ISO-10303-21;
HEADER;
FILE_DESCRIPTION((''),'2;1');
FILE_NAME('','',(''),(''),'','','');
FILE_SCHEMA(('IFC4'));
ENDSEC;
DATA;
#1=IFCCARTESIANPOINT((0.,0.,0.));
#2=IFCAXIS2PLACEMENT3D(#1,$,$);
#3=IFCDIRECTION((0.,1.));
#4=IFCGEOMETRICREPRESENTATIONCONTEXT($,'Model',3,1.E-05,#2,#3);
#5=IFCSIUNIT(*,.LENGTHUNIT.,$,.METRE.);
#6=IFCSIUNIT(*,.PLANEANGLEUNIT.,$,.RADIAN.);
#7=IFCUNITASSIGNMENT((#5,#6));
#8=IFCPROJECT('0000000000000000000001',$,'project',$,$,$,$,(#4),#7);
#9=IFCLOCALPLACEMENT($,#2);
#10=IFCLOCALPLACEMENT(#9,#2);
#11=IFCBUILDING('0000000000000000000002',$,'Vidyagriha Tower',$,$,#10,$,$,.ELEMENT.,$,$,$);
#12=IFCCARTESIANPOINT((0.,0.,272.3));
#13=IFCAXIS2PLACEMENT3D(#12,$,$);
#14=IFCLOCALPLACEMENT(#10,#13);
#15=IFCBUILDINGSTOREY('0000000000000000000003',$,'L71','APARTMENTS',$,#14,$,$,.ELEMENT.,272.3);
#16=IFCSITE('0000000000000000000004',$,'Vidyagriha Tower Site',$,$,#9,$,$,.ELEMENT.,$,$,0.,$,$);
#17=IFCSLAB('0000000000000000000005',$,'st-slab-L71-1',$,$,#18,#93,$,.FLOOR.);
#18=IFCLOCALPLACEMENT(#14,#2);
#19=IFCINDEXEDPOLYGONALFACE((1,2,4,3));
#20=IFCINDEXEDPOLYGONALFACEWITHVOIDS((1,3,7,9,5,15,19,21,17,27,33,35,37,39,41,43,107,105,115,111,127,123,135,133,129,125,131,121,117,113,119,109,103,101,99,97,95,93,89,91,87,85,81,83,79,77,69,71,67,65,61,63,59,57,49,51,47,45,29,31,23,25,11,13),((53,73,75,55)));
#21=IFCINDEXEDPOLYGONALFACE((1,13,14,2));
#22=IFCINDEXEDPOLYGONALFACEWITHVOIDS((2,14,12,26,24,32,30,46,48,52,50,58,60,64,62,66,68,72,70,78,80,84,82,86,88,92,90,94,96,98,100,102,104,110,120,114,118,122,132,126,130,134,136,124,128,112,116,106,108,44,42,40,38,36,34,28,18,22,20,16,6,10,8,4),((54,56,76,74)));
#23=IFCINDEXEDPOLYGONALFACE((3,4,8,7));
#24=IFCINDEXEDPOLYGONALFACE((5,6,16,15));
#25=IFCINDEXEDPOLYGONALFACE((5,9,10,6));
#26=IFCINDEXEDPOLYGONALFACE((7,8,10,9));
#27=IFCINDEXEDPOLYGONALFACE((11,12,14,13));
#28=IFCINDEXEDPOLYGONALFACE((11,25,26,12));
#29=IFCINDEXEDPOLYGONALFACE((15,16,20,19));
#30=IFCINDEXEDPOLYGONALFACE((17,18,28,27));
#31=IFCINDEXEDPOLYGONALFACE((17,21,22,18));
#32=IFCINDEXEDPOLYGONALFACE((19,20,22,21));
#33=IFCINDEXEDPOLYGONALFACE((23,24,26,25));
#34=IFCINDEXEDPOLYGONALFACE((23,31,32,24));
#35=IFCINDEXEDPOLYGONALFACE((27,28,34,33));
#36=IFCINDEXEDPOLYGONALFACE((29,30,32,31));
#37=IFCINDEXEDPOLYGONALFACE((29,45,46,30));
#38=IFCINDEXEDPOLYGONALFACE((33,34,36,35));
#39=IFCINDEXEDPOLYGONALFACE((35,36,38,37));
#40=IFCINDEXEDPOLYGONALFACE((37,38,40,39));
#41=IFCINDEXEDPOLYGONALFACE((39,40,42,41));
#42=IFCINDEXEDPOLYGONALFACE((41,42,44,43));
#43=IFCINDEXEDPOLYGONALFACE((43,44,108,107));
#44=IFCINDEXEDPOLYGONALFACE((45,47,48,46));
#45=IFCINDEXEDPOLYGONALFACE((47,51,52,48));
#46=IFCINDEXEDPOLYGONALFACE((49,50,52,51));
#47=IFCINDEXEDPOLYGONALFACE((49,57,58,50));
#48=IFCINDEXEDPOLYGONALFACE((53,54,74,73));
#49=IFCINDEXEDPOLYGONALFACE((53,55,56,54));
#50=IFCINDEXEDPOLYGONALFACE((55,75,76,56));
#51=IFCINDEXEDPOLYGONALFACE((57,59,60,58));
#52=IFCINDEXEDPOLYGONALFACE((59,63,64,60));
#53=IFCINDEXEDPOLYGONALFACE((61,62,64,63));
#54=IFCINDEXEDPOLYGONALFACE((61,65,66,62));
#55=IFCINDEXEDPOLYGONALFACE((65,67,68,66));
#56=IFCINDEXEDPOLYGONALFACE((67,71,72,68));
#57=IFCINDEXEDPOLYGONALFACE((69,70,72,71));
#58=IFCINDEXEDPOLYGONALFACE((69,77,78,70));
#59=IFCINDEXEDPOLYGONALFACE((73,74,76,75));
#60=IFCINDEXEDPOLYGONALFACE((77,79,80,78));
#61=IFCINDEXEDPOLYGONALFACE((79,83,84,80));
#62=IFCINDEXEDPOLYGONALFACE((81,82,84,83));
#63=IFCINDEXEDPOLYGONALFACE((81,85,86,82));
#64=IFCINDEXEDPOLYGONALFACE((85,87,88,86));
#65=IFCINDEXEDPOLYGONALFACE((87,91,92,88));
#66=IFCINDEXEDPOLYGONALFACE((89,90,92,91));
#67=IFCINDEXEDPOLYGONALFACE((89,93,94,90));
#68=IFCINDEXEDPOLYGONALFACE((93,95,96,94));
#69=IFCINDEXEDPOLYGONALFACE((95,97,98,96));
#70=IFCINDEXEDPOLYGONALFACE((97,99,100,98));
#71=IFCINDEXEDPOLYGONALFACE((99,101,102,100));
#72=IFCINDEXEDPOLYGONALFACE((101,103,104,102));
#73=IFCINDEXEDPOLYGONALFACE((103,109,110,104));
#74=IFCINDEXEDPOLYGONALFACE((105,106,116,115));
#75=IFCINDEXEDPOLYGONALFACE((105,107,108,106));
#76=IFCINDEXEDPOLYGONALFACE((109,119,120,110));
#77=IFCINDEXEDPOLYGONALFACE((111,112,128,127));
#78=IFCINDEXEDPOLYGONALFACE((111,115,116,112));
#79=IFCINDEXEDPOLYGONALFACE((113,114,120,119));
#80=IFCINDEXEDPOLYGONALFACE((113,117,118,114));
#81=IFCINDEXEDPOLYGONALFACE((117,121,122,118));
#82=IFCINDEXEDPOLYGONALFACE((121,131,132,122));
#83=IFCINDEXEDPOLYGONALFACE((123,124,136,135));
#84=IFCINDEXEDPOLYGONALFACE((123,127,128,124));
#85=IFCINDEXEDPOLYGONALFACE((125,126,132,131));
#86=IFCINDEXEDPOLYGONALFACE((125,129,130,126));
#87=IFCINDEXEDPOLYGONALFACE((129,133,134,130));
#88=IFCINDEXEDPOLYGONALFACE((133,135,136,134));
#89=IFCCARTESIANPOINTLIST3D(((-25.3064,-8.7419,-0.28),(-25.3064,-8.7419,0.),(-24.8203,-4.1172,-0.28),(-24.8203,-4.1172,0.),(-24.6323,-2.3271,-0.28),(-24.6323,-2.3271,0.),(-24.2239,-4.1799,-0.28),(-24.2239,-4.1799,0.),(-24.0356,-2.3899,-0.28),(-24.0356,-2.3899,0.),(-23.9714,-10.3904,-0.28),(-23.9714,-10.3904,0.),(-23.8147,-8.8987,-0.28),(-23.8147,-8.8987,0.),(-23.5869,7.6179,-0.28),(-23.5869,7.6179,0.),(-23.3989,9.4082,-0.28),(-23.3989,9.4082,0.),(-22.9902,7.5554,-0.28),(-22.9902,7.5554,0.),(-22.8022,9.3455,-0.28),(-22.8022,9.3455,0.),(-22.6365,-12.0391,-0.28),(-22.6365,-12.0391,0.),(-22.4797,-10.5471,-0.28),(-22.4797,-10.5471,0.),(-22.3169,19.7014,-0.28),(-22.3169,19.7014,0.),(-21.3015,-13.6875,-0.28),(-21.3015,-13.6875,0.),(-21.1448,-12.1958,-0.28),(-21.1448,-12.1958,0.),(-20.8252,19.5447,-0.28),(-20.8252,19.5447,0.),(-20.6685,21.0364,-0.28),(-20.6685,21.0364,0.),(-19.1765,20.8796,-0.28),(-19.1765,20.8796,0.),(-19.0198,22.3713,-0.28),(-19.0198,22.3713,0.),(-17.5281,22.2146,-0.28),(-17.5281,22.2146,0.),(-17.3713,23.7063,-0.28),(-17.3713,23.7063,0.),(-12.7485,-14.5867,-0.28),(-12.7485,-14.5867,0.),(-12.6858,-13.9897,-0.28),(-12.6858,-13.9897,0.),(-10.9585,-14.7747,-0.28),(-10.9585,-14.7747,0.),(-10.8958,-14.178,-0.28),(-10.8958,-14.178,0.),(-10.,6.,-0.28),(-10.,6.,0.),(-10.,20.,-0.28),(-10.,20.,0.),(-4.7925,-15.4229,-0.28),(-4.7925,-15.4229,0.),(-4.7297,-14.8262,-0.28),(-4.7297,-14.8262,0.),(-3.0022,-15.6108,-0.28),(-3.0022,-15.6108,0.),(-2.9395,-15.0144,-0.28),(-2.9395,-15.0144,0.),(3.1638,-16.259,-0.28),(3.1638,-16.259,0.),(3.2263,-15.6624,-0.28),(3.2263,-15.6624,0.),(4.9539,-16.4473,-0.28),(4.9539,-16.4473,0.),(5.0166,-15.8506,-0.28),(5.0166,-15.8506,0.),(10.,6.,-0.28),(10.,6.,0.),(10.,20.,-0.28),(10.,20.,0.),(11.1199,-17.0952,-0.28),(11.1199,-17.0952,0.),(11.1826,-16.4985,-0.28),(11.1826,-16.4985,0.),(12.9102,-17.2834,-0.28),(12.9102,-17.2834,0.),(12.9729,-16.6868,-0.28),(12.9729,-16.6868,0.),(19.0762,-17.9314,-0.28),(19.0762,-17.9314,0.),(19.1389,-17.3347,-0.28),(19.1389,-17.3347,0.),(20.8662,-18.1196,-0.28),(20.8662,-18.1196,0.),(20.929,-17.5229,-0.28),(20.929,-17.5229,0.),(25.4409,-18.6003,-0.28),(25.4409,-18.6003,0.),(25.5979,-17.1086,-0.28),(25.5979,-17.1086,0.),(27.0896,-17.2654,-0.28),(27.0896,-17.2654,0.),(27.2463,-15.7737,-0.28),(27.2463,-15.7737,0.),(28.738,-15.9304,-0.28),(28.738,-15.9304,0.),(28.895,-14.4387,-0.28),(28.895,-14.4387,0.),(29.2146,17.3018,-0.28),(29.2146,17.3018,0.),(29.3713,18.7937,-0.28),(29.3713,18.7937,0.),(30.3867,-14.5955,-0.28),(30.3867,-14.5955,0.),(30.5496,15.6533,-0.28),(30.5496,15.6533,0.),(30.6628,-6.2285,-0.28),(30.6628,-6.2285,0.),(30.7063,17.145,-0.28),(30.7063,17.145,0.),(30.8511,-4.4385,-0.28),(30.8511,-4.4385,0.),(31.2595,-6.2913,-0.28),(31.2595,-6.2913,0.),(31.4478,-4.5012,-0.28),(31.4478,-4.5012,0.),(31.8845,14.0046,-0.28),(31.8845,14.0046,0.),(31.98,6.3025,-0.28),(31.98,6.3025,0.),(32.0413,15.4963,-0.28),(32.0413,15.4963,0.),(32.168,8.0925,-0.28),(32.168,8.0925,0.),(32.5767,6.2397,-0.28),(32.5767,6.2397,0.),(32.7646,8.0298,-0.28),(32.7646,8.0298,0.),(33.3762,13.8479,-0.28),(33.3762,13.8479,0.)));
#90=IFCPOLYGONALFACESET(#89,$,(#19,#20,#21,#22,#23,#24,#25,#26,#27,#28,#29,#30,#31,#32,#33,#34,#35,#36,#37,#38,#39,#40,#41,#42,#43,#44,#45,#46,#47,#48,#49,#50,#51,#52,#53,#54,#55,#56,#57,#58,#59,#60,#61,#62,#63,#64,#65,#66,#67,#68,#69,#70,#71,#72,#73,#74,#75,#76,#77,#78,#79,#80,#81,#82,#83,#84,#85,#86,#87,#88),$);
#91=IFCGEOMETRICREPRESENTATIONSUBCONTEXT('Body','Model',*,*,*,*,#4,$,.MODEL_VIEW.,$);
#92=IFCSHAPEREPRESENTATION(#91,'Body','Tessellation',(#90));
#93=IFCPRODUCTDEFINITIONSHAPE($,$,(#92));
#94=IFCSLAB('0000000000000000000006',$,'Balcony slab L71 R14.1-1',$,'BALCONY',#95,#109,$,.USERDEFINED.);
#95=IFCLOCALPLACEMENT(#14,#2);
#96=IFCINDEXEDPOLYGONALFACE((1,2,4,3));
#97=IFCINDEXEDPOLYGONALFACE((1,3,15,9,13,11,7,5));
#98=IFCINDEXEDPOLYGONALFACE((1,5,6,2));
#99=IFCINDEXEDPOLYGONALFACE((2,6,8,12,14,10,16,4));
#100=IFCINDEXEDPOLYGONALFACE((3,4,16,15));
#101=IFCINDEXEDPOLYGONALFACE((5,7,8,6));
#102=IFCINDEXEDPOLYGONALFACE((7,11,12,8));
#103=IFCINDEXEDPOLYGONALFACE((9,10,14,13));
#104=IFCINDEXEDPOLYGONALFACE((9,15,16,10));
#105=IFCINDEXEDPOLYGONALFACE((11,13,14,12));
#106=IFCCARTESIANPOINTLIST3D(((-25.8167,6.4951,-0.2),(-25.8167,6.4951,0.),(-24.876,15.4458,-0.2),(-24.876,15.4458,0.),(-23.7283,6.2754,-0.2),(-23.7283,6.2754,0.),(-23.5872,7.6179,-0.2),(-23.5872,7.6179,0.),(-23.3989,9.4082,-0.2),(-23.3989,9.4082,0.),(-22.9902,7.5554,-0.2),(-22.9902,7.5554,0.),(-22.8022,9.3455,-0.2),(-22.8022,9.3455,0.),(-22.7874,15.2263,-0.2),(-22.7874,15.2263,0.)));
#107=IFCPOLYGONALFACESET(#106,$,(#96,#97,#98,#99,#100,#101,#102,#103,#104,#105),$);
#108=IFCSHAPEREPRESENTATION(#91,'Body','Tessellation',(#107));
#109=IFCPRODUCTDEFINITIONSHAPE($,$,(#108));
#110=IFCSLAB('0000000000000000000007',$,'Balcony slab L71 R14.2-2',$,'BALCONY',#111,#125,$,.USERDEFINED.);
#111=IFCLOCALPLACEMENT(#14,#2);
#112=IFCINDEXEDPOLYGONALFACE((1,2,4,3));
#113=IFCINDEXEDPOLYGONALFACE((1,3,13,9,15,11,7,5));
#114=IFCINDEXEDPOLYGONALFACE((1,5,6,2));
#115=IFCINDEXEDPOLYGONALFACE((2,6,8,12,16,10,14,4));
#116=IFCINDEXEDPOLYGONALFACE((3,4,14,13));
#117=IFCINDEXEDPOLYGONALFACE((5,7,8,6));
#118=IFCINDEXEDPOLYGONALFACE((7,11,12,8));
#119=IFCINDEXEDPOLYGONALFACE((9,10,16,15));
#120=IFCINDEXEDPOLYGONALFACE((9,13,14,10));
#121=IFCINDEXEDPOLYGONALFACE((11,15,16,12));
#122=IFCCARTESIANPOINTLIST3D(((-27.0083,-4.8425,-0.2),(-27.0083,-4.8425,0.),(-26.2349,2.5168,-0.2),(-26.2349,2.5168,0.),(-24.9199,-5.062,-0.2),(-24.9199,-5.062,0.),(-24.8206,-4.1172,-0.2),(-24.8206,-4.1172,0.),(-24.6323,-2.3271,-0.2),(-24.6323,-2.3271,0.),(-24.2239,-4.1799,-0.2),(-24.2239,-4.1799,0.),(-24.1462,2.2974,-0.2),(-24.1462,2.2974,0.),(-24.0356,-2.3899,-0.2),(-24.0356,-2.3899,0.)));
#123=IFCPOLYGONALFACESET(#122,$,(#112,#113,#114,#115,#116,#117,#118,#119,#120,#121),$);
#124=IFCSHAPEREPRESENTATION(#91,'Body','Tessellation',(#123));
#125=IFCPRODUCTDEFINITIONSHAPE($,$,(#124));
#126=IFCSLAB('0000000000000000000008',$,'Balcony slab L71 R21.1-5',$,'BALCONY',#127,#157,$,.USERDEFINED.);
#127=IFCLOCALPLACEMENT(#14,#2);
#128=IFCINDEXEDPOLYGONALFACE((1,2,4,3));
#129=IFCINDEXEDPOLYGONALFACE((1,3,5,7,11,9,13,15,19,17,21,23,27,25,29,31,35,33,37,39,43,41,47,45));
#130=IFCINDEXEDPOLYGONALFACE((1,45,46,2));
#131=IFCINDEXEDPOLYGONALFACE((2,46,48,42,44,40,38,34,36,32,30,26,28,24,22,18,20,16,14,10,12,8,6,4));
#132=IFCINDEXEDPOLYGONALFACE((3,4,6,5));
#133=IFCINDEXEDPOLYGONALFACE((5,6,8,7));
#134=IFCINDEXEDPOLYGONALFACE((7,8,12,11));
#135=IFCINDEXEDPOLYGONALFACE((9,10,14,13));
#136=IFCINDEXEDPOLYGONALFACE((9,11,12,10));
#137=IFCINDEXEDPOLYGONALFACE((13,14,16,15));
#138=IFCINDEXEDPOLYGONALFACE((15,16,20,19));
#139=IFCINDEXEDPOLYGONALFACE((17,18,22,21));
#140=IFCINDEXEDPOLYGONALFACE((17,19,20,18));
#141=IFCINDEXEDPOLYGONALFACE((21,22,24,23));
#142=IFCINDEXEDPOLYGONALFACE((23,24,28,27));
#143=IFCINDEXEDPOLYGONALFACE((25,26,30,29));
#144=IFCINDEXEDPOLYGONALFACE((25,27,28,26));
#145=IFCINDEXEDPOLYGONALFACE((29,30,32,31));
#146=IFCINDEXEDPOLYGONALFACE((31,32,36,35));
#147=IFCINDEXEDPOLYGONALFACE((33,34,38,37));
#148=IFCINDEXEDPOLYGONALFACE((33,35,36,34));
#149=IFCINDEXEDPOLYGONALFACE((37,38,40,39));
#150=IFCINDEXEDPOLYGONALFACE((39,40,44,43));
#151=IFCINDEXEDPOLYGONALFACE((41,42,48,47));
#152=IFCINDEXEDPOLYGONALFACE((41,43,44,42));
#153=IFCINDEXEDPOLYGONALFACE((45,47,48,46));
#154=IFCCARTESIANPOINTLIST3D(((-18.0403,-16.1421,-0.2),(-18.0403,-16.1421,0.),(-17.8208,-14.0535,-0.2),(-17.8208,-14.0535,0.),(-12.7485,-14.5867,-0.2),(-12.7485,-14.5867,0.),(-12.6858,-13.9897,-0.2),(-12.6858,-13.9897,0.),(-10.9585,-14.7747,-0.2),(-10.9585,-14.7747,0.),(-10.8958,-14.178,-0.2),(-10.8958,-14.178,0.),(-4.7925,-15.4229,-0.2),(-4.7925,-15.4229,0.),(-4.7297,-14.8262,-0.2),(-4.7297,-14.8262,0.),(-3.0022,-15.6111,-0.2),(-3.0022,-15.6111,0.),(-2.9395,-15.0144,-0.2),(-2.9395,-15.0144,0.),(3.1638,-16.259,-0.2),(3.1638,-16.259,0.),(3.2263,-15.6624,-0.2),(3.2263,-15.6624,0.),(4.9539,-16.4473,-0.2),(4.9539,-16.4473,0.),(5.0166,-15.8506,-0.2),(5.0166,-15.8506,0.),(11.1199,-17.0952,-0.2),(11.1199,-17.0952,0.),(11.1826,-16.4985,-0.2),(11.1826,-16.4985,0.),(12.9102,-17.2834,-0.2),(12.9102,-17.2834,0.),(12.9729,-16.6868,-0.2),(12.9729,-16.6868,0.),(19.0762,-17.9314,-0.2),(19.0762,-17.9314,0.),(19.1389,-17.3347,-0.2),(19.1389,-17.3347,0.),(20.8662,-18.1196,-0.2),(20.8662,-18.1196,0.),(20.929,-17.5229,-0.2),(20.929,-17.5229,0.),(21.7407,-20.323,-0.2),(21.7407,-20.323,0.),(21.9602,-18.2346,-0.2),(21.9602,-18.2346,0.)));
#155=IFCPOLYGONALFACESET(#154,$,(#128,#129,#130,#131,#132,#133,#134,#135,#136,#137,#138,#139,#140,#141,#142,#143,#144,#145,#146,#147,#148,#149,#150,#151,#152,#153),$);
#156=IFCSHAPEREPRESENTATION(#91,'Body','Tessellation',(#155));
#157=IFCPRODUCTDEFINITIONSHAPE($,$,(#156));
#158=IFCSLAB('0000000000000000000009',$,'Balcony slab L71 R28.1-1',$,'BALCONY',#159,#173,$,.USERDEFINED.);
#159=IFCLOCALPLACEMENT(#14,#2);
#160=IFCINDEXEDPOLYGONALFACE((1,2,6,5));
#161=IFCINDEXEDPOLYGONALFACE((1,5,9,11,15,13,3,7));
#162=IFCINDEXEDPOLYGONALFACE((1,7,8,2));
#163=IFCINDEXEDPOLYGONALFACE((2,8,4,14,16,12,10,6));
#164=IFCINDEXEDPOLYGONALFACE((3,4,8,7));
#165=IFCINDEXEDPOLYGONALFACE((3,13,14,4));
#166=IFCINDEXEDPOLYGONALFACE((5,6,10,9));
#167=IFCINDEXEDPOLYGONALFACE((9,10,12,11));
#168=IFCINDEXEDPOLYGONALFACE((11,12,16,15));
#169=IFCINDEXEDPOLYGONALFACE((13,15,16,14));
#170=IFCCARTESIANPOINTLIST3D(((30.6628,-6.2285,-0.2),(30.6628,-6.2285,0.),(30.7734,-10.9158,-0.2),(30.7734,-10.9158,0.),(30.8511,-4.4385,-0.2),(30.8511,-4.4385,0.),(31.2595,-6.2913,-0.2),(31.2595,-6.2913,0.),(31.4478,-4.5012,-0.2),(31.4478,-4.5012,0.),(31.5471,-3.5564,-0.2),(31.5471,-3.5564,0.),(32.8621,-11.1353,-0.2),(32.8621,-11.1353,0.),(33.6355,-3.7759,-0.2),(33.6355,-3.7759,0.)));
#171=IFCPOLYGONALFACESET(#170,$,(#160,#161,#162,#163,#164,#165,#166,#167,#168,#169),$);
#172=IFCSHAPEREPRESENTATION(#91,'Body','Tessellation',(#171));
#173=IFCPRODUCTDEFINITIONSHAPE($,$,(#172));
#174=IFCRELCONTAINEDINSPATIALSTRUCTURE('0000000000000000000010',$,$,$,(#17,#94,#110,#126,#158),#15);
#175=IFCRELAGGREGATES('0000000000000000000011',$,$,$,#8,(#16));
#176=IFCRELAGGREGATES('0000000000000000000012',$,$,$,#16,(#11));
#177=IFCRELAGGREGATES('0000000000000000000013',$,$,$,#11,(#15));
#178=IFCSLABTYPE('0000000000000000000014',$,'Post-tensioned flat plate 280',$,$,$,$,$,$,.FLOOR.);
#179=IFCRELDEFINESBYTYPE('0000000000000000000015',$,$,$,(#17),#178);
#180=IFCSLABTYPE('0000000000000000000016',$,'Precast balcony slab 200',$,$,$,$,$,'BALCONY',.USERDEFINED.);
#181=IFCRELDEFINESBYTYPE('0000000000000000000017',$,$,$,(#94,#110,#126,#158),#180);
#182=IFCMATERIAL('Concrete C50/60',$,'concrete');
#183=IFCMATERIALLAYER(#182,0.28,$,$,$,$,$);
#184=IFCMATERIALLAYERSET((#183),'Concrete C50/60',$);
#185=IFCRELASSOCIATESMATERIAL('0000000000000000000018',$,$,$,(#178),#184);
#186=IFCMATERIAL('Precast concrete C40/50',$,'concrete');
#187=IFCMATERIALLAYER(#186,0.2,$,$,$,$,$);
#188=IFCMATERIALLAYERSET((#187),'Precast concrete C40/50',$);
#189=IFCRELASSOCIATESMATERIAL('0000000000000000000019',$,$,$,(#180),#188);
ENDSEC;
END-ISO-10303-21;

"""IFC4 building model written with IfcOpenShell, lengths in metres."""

from ifc_helpers import new_model, si_unit, direction, frame, origin, place, context, subcontext, project, spatial, polyline, outline, extrude, material, layer, layer_set, type_object, element, save


model = new_model("IFC4")

# Units and contexts
model_context = context("Model", 3, precision=1e-05, world=origin(), true_north=direction((0.0, 1.0)))
body_context = subcontext(model_context, "Body", "Model", "MODEL_VIEW")
ifc_project = project(units=[si_unit("LENGTHUNIT", "METRE"), si_unit("PLANEANGLEUNIT", "RADIAN")], contexts=[model_context])

# Site, building, storey
site_placement = place(None, origin())
site = spatial("IfcSite", under=ifc_project, at=site_placement, Name="Vidyagriha Tower Site", CompositionType="ELEMENT", RefElevation=0.0)
building_placement = place(site_placement, origin())
building = spatial("IfcBuilding", under=site, at=building_placement, Name="Vidyagriha Tower", CompositionType="ELEMENT")
storey_placement = place(building_placement, frame((0.0, 0.0, 272.3)))
storey = spatial("IfcBuildingStorey", under=building, at=storey_placement, Name="L71", Description="APARTMENTS", CompositionType="ELEMENT", Elevation=272.3)

# Slabs
ifc_material_1 = material(Name="Concrete C50/60", Category="concrete")
ifc_layer_1 = layer(ifc_material_1, 0.28)
ifc_layer_set_1 = layer_set([ifc_layer_1], Name="Concrete C50/60")
slab_type_1 = type_object("IfcSlabType", Name="Post-tensioned flat plate 280", PredefinedType="FLOOR", material=ifc_layer_set_1)
slab_1_placement = place(storey_placement, frame((0.0, 0.0, -0.28)))
element("IfcSlab", 1, at=slab_1_placement, inside=storey, type_object=slab_type_1, Name="st-slab-L71-1", PredefinedType="FLOOR", context=body_context, shape_type="SweptSolid", body=[
    extrude(outline(polyline([(28.738, -15.9304), (27.2463, -15.7737), (27.0896, -17.2654), (25.5979, -17.1086), (25.4409, -18.6003), (20.8662, -18.1196), (20.929, -17.5229), (19.1389, -17.3347), (19.0762, -17.9314), (12.9102, -17.2834), (12.9729, -16.6868), (11.1826, -16.4985), (11.1199, -17.0952), (4.9539, -16.4473), (5.0166, -15.8506), (3.2263, -15.6624), (3.1638, -16.259), (-3.0022, -15.6108), (-2.9395, -15.0144), (-4.7297, -14.8262), (-4.7925, -15.4229), (-10.9585, -14.7747), (-10.8958, -14.178), (-12.6858, -13.9897), (-12.7485, -14.5867), (-21.3015, -13.6875), (-21.1448, -12.1958), (-22.6365, -12.0391), (-22.4797, -10.5471), (-23.9714, -10.3904), (-23.8147, -8.8987), (-25.3064, -8.7419), (-24.8203, -4.1172), (-24.2239, -4.1799), (-24.0356, -2.3899), (-24.6323, -2.3271), (-23.5869, 7.6179), (-22.9902, 7.5554), (-22.8022, 9.3455), (-23.3989, 9.4082), (-22.3169, 19.7014), (-20.8252, 19.5447), (-20.6685, 21.0364), (-19.1765, 20.8796), (-19.0198, 22.3713), (-17.5281, 22.2146), (-17.3713, 23.7063), (29.3713, 18.7937), (29.2146, 17.3018), (30.7063, 17.145), (30.5496, 15.6533), (32.0413, 15.4963), (31.8845, 14.0046), (33.3762, 13.8479), (32.7646, 8.0298), (32.168, 8.0925), (31.98, 6.3025), (32.5767, 6.2397), (31.4478, -4.5012), (30.8511, -4.4385), (30.6628, -6.2285), (31.2595, -6.2913), (30.3867, -14.5955), (28.895, -14.4387), (28.738, -15.9304)]), holes=[polyline([(-10.0, 20.0), (-10.0, 6.0), (10.0, 6.0), (10.0, 20.0), (-10.0, 20.0)])]), origin(), (0.0, 0.0, 1.0), 0.28),
])
ifc_material_2 = material(Name="Precast concrete C40/50", Category="concrete")
ifc_layer_2 = layer(ifc_material_2, 0.2)
ifc_layer_set_2 = layer_set([ifc_layer_2], Name="Precast concrete C40/50")
slab_type_2 = type_object("IfcSlabType", Name="Precast balcony slab 200", ElementType="BALCONY", PredefinedType="USERDEFINED", material=ifc_layer_set_2)
slab_2_placement = place(storey_placement, frame((0.0, 0.0, -0.2)))
element("IfcSlab", 2, at=slab_2_placement, inside=storey, type_object=slab_type_2, Name="Balcony slab L71 R14.1-1", ObjectType="BALCONY", PredefinedType="USERDEFINED", context=body_context, shape_type="SweptSolid", body=[
    extrude(outline(polyline([(-22.9902, 7.5554), (-22.8022, 9.3455), (-23.3989, 9.4082), (-22.7874, 15.2263), (-24.876, 15.4458), (-25.8167, 6.4951), (-23.7283, 6.2754), (-23.5872, 7.6179), (-22.9902, 7.5554)])), origin(), (0.0, 0.0, 1.0), 0.2),
])
slab_3_placement = place(storey_placement, frame((0.0, 0.0, -0.2)))
element("IfcSlab", 3, at=slab_3_placement, inside=storey, type_object=slab_type_2, Name="Balcony slab L71 R14.2-2", ObjectType="BALCONY", PredefinedType="USERDEFINED", context=body_context, shape_type="SweptSolid", body=[
    extrude(outline(polyline([(-24.2239, -4.1799), (-24.0356, -2.3899), (-24.6323, -2.3271), (-24.1462, 2.2974), (-26.2349, 2.5168), (-27.0083, -4.8425), (-24.9199, -5.062), (-24.8206, -4.1172), (-24.2239, -4.1799)])), origin(), (0.0, 0.0, 1.0), 0.2),
])
slab_4_placement = place(storey_placement, frame((0.0, 0.0, -0.2)))
element("IfcSlab", 4, at=slab_4_placement, inside=storey, type_object=slab_type_2, Name="Balcony slab L71 R21.1-5", ObjectType="BALCONY", PredefinedType="USERDEFINED", context=body_context, shape_type="SweptSolid", body=[
    extrude(outline(polyline([(20.8662, -18.1196), (20.929, -17.5229), (19.1389, -17.3347), (19.0762, -17.9314), (12.9102, -17.2834), (12.9729, -16.6868), (11.1826, -16.4985), (11.1199, -17.0952), (4.9539, -16.4473), (5.0166, -15.8506), (3.2263, -15.6624), (3.1638, -16.259), (-3.0022, -15.6111), (-2.9395, -15.0144), (-4.7297, -14.8262), (-4.7925, -15.4229), (-10.9585, -14.7747), (-10.8958, -14.178), (-12.6858, -13.9897), (-12.7485, -14.5867), (-17.8208, -14.0535), (-18.0403, -16.1421), (21.7407, -20.323), (21.9602, -18.2346), (20.8662, -18.1196)])), origin(), (0.0, 0.0, 1.0), 0.2),
])
slab_5_placement = place(storey_placement, frame((0.0, 0.0, -0.2)))
element("IfcSlab", 5, at=slab_5_placement, inside=storey, type_object=slab_type_2, Name="Balcony slab L71 R28.1-1", ObjectType="BALCONY", PredefinedType="USERDEFINED", context=body_context, shape_type="SweptSolid", body=[
    extrude(outline(polyline([(31.2595, -6.2913), (30.7734, -10.9158), (32.8621, -11.1353), (33.6355, -3.7759), (31.5471, -3.5564), (31.4478, -4.5012), (30.8511, -4.4385), (30.6628, -6.2285), (31.2595, -6.2913)])), origin(), (0.0, 0.0, 1.0), 0.2),
])

save(model, "model.ifc")
